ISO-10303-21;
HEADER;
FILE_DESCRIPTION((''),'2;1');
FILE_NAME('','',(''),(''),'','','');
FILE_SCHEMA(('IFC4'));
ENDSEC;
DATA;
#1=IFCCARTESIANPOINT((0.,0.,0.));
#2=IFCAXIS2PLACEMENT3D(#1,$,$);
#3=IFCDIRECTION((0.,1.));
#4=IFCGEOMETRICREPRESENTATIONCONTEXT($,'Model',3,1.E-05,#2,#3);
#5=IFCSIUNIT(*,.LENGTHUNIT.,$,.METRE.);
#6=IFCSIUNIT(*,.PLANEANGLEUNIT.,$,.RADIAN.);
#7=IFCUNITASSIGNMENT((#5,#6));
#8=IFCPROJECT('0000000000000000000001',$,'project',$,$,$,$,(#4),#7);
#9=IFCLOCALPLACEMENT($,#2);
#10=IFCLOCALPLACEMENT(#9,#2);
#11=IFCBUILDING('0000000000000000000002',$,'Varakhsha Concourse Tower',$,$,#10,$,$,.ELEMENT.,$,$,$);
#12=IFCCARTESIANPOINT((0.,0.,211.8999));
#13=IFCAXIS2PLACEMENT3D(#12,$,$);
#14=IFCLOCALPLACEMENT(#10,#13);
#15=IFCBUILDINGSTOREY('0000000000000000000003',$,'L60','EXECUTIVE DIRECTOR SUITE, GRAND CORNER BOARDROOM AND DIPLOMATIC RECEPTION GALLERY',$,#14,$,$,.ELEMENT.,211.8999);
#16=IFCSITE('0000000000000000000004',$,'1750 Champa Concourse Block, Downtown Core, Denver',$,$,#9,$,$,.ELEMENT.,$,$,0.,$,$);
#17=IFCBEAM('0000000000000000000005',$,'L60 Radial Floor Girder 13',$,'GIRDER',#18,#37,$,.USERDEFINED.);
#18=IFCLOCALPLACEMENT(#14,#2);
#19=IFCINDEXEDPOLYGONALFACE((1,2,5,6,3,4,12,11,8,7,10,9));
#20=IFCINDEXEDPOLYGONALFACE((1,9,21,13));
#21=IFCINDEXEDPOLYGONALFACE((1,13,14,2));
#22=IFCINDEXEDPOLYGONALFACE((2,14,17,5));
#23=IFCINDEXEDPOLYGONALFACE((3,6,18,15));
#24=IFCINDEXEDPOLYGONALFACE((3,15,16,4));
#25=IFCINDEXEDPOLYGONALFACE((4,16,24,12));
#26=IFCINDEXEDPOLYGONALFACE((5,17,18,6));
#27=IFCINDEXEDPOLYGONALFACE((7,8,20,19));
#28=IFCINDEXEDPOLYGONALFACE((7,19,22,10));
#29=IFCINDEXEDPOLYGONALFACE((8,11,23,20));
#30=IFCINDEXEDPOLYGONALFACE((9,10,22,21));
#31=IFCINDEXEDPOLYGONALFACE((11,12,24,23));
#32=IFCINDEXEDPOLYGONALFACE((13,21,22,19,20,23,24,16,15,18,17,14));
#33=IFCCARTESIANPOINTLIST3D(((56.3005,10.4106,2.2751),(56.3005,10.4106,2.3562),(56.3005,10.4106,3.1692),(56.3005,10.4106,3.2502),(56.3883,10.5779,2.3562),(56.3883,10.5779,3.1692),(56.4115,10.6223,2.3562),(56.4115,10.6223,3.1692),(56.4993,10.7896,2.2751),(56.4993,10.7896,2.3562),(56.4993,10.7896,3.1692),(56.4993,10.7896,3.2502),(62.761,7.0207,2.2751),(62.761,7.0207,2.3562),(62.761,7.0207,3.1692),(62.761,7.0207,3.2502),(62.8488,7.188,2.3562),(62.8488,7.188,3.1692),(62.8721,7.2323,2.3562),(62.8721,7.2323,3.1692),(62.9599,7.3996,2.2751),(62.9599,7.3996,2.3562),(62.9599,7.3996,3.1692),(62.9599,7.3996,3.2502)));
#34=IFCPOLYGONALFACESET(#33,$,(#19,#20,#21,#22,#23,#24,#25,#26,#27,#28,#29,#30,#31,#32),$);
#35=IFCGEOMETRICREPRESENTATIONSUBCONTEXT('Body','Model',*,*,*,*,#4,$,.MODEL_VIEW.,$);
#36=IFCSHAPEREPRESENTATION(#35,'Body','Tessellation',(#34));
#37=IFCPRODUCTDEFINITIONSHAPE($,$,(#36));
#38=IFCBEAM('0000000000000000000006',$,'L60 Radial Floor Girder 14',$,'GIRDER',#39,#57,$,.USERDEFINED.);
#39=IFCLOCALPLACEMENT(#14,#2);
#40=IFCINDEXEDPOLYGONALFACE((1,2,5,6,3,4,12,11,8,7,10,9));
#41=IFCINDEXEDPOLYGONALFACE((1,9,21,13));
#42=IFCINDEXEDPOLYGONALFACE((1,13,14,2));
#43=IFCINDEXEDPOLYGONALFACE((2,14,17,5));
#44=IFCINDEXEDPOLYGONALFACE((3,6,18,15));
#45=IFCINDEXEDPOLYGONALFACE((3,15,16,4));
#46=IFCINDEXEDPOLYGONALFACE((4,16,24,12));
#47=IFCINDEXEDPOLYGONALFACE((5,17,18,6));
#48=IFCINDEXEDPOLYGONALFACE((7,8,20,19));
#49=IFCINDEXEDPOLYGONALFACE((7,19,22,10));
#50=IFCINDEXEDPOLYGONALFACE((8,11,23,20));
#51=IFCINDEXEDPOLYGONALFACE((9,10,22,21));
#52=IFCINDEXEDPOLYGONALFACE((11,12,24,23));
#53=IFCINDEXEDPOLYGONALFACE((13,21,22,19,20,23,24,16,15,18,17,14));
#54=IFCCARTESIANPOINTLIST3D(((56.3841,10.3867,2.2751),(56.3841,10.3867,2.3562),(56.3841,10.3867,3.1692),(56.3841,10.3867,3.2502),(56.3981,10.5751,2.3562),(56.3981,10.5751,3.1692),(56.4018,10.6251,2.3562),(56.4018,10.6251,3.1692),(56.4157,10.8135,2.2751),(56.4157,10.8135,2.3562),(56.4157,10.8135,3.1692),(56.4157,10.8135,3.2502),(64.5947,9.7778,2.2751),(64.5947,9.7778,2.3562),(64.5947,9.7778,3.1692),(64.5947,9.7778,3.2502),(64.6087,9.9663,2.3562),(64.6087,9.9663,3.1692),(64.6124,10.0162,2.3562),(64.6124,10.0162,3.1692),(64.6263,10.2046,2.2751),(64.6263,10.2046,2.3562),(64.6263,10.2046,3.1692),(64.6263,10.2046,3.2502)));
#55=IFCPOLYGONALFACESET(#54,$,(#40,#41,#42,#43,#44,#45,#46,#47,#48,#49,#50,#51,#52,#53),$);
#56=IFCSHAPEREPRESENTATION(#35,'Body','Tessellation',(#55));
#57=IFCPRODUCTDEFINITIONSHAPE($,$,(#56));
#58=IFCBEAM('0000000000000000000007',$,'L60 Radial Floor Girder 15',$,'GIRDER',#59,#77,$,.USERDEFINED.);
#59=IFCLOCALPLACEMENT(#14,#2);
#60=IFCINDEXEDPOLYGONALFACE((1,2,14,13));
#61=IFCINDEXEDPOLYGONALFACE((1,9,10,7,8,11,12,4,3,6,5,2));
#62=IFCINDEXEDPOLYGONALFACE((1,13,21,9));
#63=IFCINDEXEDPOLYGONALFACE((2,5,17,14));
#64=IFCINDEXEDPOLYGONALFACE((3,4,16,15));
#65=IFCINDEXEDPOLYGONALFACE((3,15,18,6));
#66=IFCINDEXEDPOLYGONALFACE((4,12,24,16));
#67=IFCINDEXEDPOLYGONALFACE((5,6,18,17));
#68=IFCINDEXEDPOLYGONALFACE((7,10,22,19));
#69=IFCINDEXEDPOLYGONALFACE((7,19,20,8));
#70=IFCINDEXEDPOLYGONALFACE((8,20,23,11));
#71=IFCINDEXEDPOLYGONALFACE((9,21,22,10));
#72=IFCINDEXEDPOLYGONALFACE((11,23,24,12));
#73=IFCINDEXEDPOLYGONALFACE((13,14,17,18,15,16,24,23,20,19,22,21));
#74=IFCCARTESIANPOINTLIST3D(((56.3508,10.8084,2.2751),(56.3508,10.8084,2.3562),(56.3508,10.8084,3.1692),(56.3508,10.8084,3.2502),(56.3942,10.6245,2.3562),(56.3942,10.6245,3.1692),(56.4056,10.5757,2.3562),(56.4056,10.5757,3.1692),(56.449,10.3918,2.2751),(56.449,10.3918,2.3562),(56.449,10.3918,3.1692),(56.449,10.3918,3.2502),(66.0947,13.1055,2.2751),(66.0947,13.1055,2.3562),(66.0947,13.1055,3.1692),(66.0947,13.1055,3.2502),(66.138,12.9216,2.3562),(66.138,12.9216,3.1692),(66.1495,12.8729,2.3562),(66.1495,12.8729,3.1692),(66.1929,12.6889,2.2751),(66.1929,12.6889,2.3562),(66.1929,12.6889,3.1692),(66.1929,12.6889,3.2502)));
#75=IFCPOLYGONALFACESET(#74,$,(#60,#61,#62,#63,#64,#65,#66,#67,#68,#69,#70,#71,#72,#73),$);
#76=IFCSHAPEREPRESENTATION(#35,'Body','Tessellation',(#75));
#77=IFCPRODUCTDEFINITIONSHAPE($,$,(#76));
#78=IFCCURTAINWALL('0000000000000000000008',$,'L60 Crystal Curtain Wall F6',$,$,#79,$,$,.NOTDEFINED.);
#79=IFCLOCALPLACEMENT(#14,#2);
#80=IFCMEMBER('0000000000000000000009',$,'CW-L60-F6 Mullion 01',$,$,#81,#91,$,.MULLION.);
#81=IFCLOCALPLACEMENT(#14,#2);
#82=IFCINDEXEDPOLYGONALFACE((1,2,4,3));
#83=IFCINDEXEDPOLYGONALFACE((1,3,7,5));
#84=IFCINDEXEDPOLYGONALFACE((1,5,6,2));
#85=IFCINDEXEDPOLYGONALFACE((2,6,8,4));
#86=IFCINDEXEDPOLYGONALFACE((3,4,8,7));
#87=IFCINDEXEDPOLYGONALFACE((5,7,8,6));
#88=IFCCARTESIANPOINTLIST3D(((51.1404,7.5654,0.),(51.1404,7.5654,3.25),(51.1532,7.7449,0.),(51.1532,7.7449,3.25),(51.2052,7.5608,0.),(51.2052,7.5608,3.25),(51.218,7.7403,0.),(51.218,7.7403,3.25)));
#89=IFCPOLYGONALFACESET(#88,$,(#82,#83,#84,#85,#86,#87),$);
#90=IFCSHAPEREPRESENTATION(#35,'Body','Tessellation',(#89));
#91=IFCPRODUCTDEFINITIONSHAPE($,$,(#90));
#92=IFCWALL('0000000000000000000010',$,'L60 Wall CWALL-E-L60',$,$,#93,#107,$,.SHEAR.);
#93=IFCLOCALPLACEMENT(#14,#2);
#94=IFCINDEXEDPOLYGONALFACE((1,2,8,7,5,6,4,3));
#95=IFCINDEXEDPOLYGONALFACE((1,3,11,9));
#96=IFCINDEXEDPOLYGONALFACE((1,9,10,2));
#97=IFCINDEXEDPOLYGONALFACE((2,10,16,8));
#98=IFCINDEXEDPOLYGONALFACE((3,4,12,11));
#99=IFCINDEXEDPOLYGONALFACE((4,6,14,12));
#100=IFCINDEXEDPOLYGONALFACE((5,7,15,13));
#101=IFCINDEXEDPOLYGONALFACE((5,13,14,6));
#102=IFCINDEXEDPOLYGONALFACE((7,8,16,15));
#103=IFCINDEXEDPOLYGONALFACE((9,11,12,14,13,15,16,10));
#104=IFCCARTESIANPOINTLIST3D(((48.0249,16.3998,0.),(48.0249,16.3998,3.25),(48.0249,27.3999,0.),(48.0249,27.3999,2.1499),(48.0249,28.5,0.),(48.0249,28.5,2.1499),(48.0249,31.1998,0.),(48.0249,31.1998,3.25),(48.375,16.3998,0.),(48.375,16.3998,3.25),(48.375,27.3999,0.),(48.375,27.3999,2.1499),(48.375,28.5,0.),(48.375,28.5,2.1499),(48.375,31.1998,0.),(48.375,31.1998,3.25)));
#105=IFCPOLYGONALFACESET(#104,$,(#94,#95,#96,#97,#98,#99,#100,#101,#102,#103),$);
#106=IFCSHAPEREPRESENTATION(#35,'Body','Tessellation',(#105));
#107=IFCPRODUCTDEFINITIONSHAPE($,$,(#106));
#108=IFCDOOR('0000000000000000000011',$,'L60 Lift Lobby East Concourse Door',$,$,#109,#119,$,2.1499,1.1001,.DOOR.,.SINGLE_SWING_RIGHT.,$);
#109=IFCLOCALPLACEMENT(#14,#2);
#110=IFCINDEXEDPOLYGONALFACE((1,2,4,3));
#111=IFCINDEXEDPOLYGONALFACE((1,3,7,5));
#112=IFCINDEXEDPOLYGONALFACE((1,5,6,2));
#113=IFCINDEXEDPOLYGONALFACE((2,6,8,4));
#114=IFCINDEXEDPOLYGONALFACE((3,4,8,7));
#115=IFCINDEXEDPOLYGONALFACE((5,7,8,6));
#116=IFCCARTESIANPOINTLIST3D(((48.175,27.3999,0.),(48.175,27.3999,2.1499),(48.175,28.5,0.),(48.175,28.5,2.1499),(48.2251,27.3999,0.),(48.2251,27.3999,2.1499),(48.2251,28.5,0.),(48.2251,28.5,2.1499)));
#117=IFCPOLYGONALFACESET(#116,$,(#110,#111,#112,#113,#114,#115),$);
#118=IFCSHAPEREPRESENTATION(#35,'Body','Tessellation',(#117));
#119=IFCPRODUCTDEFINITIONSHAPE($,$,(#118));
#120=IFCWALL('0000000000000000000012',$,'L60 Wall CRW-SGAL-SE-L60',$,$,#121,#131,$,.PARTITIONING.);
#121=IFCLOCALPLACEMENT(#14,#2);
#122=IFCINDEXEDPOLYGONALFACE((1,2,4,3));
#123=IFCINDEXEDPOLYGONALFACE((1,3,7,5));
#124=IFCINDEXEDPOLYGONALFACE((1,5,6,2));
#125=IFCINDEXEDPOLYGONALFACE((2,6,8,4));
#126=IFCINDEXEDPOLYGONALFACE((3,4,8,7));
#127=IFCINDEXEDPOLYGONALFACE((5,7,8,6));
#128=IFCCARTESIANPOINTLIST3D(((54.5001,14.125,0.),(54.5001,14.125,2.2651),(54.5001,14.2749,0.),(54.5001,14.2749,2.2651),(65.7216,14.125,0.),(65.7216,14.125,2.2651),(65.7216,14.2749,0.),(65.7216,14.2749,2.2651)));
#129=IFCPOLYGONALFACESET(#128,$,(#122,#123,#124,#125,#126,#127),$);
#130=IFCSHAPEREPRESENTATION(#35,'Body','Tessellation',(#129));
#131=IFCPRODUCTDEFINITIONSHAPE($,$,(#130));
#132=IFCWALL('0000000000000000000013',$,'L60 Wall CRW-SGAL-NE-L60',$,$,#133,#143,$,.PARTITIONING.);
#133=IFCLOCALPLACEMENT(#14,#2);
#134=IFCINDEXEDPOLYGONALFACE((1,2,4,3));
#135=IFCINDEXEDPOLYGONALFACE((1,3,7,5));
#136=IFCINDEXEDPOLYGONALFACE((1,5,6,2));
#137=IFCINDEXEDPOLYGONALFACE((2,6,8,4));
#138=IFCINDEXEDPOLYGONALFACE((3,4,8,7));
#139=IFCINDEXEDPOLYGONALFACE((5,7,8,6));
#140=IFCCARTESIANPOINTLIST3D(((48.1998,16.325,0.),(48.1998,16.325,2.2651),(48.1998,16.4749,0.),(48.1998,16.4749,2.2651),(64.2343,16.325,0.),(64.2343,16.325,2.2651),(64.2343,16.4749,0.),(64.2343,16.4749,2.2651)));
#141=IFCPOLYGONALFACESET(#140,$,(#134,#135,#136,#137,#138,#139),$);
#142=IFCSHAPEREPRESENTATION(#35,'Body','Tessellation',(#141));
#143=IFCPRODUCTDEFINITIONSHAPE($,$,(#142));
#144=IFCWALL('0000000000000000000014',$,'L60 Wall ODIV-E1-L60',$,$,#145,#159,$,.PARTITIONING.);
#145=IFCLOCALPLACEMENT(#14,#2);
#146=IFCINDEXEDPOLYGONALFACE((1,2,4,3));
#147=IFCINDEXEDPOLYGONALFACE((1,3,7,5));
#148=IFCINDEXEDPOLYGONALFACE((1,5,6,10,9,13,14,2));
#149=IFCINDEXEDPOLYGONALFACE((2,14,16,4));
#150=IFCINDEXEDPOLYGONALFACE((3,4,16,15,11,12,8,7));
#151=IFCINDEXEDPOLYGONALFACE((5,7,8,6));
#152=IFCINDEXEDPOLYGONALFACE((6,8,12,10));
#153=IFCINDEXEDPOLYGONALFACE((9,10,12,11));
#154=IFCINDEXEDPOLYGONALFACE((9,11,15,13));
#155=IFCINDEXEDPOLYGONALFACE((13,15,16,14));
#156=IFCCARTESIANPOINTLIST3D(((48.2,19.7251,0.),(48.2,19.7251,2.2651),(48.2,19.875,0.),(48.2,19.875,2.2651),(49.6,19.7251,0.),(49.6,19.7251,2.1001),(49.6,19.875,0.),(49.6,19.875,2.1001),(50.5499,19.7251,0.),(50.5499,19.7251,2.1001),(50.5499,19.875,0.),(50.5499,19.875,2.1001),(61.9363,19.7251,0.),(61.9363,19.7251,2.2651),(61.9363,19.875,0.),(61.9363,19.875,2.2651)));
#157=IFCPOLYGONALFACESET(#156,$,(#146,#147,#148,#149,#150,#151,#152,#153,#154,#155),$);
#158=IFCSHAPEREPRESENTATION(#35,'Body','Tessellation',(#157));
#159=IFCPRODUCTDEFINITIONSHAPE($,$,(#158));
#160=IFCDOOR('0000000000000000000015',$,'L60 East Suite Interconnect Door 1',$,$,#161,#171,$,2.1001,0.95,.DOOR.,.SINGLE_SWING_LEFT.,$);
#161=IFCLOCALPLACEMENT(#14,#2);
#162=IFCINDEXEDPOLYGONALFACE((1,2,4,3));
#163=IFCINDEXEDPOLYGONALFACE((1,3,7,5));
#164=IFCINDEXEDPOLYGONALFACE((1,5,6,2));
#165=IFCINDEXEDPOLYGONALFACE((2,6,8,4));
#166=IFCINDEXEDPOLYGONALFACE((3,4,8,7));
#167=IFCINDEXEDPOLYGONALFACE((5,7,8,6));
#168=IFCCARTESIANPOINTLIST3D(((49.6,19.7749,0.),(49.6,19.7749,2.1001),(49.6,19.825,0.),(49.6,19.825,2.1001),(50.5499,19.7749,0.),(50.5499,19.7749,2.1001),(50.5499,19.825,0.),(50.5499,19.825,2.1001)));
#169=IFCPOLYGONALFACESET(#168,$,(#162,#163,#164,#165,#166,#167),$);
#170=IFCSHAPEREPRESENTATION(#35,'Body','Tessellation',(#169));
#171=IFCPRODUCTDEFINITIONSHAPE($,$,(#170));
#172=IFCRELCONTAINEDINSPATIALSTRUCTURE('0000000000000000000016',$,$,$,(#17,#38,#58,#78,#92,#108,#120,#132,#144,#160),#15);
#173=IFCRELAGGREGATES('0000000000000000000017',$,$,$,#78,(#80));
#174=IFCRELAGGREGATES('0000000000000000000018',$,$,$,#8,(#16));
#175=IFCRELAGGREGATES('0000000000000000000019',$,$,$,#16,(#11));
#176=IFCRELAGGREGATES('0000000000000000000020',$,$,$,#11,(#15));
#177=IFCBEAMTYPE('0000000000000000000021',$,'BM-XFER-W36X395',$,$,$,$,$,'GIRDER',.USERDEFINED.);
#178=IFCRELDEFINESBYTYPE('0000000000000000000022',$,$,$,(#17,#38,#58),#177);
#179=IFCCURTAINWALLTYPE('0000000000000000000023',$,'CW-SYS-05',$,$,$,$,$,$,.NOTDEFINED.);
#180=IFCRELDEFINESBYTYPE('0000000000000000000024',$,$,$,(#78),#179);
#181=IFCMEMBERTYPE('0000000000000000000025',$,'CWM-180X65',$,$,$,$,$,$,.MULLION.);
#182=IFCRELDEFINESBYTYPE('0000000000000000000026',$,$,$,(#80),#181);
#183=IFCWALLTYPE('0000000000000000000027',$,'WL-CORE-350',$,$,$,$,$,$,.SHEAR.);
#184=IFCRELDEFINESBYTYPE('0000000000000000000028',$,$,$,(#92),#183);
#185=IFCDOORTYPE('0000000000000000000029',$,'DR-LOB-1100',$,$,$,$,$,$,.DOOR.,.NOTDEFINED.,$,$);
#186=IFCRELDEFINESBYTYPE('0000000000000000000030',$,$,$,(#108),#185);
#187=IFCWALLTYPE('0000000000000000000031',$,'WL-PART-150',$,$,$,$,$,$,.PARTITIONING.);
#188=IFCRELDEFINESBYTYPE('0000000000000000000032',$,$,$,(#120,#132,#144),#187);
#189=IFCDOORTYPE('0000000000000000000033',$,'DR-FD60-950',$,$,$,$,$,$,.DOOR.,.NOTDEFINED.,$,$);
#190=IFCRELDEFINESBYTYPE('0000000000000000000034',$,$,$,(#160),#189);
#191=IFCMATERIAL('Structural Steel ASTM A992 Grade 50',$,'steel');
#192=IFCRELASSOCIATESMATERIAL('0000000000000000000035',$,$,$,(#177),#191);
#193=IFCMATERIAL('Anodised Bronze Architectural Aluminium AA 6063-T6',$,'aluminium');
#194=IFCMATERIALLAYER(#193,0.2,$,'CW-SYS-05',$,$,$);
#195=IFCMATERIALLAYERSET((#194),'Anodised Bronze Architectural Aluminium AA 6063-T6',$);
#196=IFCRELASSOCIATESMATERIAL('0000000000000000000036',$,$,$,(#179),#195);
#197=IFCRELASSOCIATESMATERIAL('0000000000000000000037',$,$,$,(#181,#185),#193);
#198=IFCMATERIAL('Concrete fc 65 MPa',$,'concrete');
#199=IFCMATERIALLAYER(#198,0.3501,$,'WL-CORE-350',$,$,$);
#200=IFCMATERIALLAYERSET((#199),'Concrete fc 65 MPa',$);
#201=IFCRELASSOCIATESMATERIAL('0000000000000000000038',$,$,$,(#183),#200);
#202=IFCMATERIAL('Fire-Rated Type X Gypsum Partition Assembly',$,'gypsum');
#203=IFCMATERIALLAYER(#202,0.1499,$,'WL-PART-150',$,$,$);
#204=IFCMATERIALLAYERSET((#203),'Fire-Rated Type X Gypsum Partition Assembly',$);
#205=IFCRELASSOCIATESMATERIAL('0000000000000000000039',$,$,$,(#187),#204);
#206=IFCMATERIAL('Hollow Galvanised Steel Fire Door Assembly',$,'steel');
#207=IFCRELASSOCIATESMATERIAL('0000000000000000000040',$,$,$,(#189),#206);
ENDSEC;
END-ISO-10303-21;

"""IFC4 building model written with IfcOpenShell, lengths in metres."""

from ifc_helpers import new_model, si_unit, direction, frame, frame_2d, origin, origin_2d, place, context, subcontext, project, spatial, rectangle, i_section, extrude, source, transform, mapped, material, layer, layer_set, material_profile, profile_set, type_object, type_shapes, element, fill, aggregate, save


model = new_model("IFC4")

# Units and contexts
model_context = context("Model", 3, precision=1e-05, world=origin(), true_north=direction((0.0, 1.0)))
body_context = subcontext(model_context, "Body", "Model", "MODEL_VIEW")
ifc_project = project(units=[si_unit("LENGTHUNIT", "METRE"), si_unit("PLANEANGLEUNIT", "RADIAN")], contexts=[model_context])

# Site, building, storey
site_placement = place(None, origin())
site = spatial("IfcSite", under=ifc_project, at=site_placement, Name="1750 Champa Concourse Block, Downtown Core, Denver", CompositionType="ELEMENT", RefElevation=0.0)
building_placement = place(site_placement, origin())
building = spatial("IfcBuilding", under=site, at=building_placement, Name="Varakhsha Concourse Tower", CompositionType="ELEMENT")
storey_placement = place(building_placement, frame((0.0, 0.0, 211.8999)))
storey = spatial("IfcBuildingStorey", under=building, at=storey_placement, Name="L60", Description="EXECUTIVE DIRECTOR SUITE, GRAND CORNER BOARDROOM AND DIPLOMATIC RECEPTION GALLERY", CompositionType="ELEMENT", Elevation=211.8999)

# Shared definitions
ifc_material_1 = material(Name="Structural Steel ASTM A992 Grade 50", Category="steel")
ifc_material_2 = material(Name="Concrete fc 65 MPa", Category="concrete")

# Beams
ifc_material_profile_1 = material_profile(ifc_material_1, i_section(OverallWidth=0.428, OverallDepth=0.9751, WebThickness=0.05, FlangeThickness=0.0811, at=origin_2d()), Name="W36X395")
ifc_profile_set_1 = profile_set([ifc_material_profile_1], Name="Structural Steel ASTM A992 Grade 50")
beam_type_1 = type_object("IfcBeamType", Name="BM-XFER-W36X395", ElementType="GIRDER", PredefinedType="USERDEFINED", material=ifc_profile_set_1)
beam_1_placement = place(storey_placement, frame((56.3999, 10.6001, 2.7627), z_axis=(0.885502, -0.464636, 0.0), x_axis=(0.464636, 0.885502, 0.0)))
element("IfcBeam", 1, at=beam_1_placement, inside=storey, type_object=beam_type_1, Name="L60 Radial Floor Girder 13", ObjectType="GIRDER", PredefinedType="USERDEFINED", context=body_context, shape_type="SweptSolid", body=[
    extrude(i_section(OverallWidth=0.428, OverallDepth=0.9751, WebThickness=0.05, FlangeThickness=0.0811, at=origin_2d()), origin(), (0.0, 0.0, 1.0), 7.2959),
])
beam_2_placement = place(storey_placement, frame((56.3999, 10.6001, 2.7627), z_axis=(0.997262, -0.073955, 0.0), x_axis=(0.073955, 0.997262, 0.0)))
element("IfcBeam", 2, at=beam_2_placement, inside=storey, type_object=beam_type_1, Name="L60 Radial Floor Girder 14", ObjectType="GIRDER", PredefinedType="USERDEFINED", context=body_context, shape_type="SweptSolid", body=[
    extrude(i_section(OverallWidth=0.428, OverallDepth=0.9751, WebThickness=0.05, FlangeThickness=0.0811, at=origin_2d()), origin(), (0.0, 0.0, 1.0), 8.2332),
])
beam_3_placement = place(storey_placement, frame((56.3999, 10.6001, 2.7627), z_axis=(0.973318, 0.229459, 0.0), x_axis=(-0.229459, 0.973318, 0.0)))
element("IfcBeam", 3, at=beam_3_placement, inside=storey, type_object=beam_type_1, Name="L60 Radial Floor Girder 15", ObjectType="GIRDER", PredefinedType="USERDEFINED", context=body_context, shape_type="SweptSolid", body=[
    extrude(i_section(OverallWidth=0.428, OverallDepth=0.9751, WebThickness=0.05, FlangeThickness=0.0811, at=origin_2d()), origin(), (0.0, 0.0, 1.0), 10.011),
])

# Curtain wall, member
ifc_material_3 = material(Name="Anodised Bronze Architectural Aluminium AA 6063-T6", Category="aluminium")
ifc_layer_1 = layer(ifc_material_3, 0.2, Name="CW-SYS-05")
ifc_layer_set_1 = layer_set([ifc_layer_1], Name="Anodised Bronze Architectural Aluminium AA 6063-T6")
curtain_wall_type = type_object("IfcCurtainWallType", Name="CW-SYS-05", PredefinedType="NOTDEFINED", material=ifc_layer_set_1)
curtain_wall_placement = place(storey_placement, origin())
curtain_wall = element("IfcCurtainWall", 4, at=curtain_wall_placement, inside=storey, type_object=curtain_wall_type, Name="L60 Crystal Curtain Wall F6", PredefinedType="NOTDEFINED")
ifc_material_profile_2 = material_profile(ifc_material_3, rectangle(XDim=0.0649, YDim=0.1799, at=origin_2d()), Name="CWM-180X65")
ifc_profile_set_2 = profile_set([ifc_material_profile_2], Name="Anodised Bronze Architectural Aluminium AA 6063-T6")
member_type = type_object("IfcMemberType", Name="CWM-180X65", PredefinedType="MULLION", material=ifc_profile_set_2)
shared_shape = source(origin(), body_context, "Body", "SweptSolid", [
    extrude(rectangle(XDim=0.0649, YDim=0.1799, at=origin_2d()), origin(), (0.0, 0.0, 1.0), 3.25),
])
type_shapes(member_type, [shared_shape])
member_placement = place(storey_placement, frame((51.1792, 7.6528, 0.0), z_axis=(0.0, 0.0, 1.0), x_axis=(-0.997496, 0.070723, 0.0)))
member = element("IfcMember", 5, at=member_placement, type_object=member_type, Name="CW-L60-F6 Mullion 01", PredefinedType="MULLION", context=body_context, shape_type="MappedRepresentation", body=[
    mapped(shared_shape, transform((0.0, 0.0, 0.0), scale=1.0)),
])
aggregate(curtain_wall, [member])

# Wall, opening, door
ifc_layer_2 = layer(ifc_material_2, 0.3501, Name="WL-CORE-350")
ifc_layer_set_2 = layer_set([ifc_layer_2], Name="Concrete fc 65 MPa")
wall_type_1 = type_object("IfcWallType", Name="WL-CORE-350", PredefinedType="SHEAR", material=ifc_layer_set_2)
wall_1_placement = place(storey_placement, frame((48.2, 16.3999, 0.0), z_axis=(0.0, 0.0, 1.0), x_axis=(0.0, 1.0, 0.0)))
wall_1 = element("IfcWall", 6, at=wall_1_placement, inside=storey, type_object=wall_type_1, Name="L60 Wall CWALL-E-L60", PredefinedType="SHEAR", context=body_context, shape_type="SweptSolid", body=[
    extrude(rectangle(XDim=14.8, YDim=0.3501, at=frame_2d((7.3999, 0.0))), origin(), (0.0, 0.0, 1.0), 3.25),
])
opening_1_placement = place(wall_1_placement, frame((11.0, 0.0, 0.0)))
opening_1 = element("IfcOpeningElement", 7, at=opening_1_placement, cuts=wall_1, PredefinedType="OPENING", context=body_context, shape_type="SweptSolid", body=[
    extrude(rectangle(XDim=1.1001, YDim=2.1499, at=frame_2d((0.55, 1.075))), frame((0.0, 0.1851, 0.0), z_axis=(0.0, -1.0, 0.0), x_axis=(1.0, 0.0, 0.0)), (0.0, 0.0, 1.0), 0.3701),
])
door_type_1 = type_object("IfcDoorType", Name="DR-LOB-1100", OperationType="NOTDEFINED", PredefinedType="DOOR", material=ifc_material_3)
door_1_placement = place(opening_1_placement, origin())
door_1 = element("IfcDoor", 8, at=door_1_placement, inside=storey, type_object=door_type_1, Name="L60 Lift Lobby East Concourse Door", OperationType="SINGLE_SWING_RIGHT", OverallHeight=2.1499, OverallWidth=1.1001, PredefinedType="DOOR", context=body_context, shape_type="SweptSolid", body=[
    extrude(rectangle(XDim=1.1001, YDim=2.1499, at=frame_2d((0.55, 1.075))), frame((0.0, 0.0249, 0.0), z_axis=(0.0, -1.0, 0.0), x_axis=(1.0, 0.0, 0.0)), (0.0, 0.0, 1.0), 0.05),
])
fill(opening_1, door_1)

# Walls
ifc_material_4 = material(Name="Fire-Rated Type X Gypsum Partition Assembly", Category="gypsum")
ifc_layer_3 = layer(ifc_material_4, 0.1499, Name="WL-PART-150")
ifc_layer_set_3 = layer_set([ifc_layer_3], Name="Fire-Rated Type X Gypsum Partition Assembly")
wall_type_2 = type_object("IfcWallType", Name="WL-PART-150", PredefinedType="PARTITIONING", material=ifc_layer_set_3)
wall_2_placement = place(storey_placement, frame((54.5, 14.2, 0.0), z_axis=(0.0, 0.0, 1.0), x_axis=(1.0, 0.0, 0.0)))
element("IfcWall", 9, at=wall_2_placement, inside=storey, type_object=wall_type_2, Name="L60 Wall CRW-SGAL-SE-L60", PredefinedType="PARTITIONING", context=body_context, shape_type="SweptSolid", body=[
    extrude(rectangle(XDim=11.2214, YDim=0.1499, at=frame_2d((5.6108, 0.0))), origin(), (0.0, 0.0, 1.0), 2.2651),
])
wall_3_placement = place(storey_placement, frame((48.2, 16.3999, 0.0), z_axis=(0.0, 0.0, 1.0), x_axis=(1.0, 0.0, 0.0)))
element("IfcWall", 10, at=wall_3_placement, inside=storey, type_object=wall_type_2, Name="L60 Wall CRW-SGAL-NE-L60", PredefinedType="PARTITIONING", context=body_context, shape_type="SweptSolid", body=[
    extrude(rectangle(XDim=16.0344, YDim=0.1499, at=frame_2d((8.0171, 0.0))), origin(), (0.0, 0.0, 1.0), 2.2651),
])

# Wall, opening, door
wall_4_placement = place(storey_placement, frame((48.2, 19.8, 0.0), z_axis=(0.0, 0.0, 1.0), x_axis=(1.0, 0.0, 0.0)))
wall_4 = element("IfcWall", 11, at=wall_4_placement, inside=storey, type_object=wall_type_2, Name="L60 Wall ODIV-E1-L60", PredefinedType="PARTITIONING", context=body_context, shape_type="SweptSolid", body=[
    extrude(rectangle(XDim=13.7363, YDim=0.1499, at=frame_2d((6.8682, 0.0))), origin(), (0.0, 0.0, 1.0), 2.2651),
])
opening_2_placement = place(wall_4_placement, frame((1.3999, 0.0, 0.0)))
opening_2 = element("IfcOpeningElement", 12, at=opening_2_placement, cuts=wall_4, PredefinedType="OPENING", context=body_context, shape_type="SweptSolid", body=[
    extrude(rectangle(XDim=0.95, YDim=2.1001, at=frame_2d((0.4751, 1.05))), frame((0.0, 0.085, 0.0), z_axis=(0.0, -1.0, 0.0), x_axis=(1.0, 0.0, 0.0)), (0.0, 0.0, 1.0), 0.1699),
])
ifc_material_5 = material(Name="Hollow Galvanised Steel Fire Door Assembly", Category="steel")
door_type_2 = type_object("IfcDoorType", Name="DR-FD60-950", OperationType="NOTDEFINED", PredefinedType="DOOR", material=ifc_material_5)
door_2_placement = place(opening_2_placement, origin())
door_2 = element("IfcDoor", 13, at=door_2_placement, inside=storey, type_object=door_type_2, Name="L60 East Suite Interconnect Door 1", OperationType="SINGLE_SWING_LEFT", OverallHeight=2.1001, OverallWidth=0.95, PredefinedType="DOOR", context=body_context, shape_type="SweptSolid", body=[
    extrude(rectangle(XDim=0.95, YDim=2.1001, at=frame_2d((0.4751, 1.05))), frame((0.0, 0.0249, 0.0), z_axis=(0.0, -1.0, 0.0), x_axis=(1.0, 0.0, 0.0)), (0.0, 0.0, 1.0), 0.05),
])
fill(opening_2, door_2)

save(model, "model.ifc")
